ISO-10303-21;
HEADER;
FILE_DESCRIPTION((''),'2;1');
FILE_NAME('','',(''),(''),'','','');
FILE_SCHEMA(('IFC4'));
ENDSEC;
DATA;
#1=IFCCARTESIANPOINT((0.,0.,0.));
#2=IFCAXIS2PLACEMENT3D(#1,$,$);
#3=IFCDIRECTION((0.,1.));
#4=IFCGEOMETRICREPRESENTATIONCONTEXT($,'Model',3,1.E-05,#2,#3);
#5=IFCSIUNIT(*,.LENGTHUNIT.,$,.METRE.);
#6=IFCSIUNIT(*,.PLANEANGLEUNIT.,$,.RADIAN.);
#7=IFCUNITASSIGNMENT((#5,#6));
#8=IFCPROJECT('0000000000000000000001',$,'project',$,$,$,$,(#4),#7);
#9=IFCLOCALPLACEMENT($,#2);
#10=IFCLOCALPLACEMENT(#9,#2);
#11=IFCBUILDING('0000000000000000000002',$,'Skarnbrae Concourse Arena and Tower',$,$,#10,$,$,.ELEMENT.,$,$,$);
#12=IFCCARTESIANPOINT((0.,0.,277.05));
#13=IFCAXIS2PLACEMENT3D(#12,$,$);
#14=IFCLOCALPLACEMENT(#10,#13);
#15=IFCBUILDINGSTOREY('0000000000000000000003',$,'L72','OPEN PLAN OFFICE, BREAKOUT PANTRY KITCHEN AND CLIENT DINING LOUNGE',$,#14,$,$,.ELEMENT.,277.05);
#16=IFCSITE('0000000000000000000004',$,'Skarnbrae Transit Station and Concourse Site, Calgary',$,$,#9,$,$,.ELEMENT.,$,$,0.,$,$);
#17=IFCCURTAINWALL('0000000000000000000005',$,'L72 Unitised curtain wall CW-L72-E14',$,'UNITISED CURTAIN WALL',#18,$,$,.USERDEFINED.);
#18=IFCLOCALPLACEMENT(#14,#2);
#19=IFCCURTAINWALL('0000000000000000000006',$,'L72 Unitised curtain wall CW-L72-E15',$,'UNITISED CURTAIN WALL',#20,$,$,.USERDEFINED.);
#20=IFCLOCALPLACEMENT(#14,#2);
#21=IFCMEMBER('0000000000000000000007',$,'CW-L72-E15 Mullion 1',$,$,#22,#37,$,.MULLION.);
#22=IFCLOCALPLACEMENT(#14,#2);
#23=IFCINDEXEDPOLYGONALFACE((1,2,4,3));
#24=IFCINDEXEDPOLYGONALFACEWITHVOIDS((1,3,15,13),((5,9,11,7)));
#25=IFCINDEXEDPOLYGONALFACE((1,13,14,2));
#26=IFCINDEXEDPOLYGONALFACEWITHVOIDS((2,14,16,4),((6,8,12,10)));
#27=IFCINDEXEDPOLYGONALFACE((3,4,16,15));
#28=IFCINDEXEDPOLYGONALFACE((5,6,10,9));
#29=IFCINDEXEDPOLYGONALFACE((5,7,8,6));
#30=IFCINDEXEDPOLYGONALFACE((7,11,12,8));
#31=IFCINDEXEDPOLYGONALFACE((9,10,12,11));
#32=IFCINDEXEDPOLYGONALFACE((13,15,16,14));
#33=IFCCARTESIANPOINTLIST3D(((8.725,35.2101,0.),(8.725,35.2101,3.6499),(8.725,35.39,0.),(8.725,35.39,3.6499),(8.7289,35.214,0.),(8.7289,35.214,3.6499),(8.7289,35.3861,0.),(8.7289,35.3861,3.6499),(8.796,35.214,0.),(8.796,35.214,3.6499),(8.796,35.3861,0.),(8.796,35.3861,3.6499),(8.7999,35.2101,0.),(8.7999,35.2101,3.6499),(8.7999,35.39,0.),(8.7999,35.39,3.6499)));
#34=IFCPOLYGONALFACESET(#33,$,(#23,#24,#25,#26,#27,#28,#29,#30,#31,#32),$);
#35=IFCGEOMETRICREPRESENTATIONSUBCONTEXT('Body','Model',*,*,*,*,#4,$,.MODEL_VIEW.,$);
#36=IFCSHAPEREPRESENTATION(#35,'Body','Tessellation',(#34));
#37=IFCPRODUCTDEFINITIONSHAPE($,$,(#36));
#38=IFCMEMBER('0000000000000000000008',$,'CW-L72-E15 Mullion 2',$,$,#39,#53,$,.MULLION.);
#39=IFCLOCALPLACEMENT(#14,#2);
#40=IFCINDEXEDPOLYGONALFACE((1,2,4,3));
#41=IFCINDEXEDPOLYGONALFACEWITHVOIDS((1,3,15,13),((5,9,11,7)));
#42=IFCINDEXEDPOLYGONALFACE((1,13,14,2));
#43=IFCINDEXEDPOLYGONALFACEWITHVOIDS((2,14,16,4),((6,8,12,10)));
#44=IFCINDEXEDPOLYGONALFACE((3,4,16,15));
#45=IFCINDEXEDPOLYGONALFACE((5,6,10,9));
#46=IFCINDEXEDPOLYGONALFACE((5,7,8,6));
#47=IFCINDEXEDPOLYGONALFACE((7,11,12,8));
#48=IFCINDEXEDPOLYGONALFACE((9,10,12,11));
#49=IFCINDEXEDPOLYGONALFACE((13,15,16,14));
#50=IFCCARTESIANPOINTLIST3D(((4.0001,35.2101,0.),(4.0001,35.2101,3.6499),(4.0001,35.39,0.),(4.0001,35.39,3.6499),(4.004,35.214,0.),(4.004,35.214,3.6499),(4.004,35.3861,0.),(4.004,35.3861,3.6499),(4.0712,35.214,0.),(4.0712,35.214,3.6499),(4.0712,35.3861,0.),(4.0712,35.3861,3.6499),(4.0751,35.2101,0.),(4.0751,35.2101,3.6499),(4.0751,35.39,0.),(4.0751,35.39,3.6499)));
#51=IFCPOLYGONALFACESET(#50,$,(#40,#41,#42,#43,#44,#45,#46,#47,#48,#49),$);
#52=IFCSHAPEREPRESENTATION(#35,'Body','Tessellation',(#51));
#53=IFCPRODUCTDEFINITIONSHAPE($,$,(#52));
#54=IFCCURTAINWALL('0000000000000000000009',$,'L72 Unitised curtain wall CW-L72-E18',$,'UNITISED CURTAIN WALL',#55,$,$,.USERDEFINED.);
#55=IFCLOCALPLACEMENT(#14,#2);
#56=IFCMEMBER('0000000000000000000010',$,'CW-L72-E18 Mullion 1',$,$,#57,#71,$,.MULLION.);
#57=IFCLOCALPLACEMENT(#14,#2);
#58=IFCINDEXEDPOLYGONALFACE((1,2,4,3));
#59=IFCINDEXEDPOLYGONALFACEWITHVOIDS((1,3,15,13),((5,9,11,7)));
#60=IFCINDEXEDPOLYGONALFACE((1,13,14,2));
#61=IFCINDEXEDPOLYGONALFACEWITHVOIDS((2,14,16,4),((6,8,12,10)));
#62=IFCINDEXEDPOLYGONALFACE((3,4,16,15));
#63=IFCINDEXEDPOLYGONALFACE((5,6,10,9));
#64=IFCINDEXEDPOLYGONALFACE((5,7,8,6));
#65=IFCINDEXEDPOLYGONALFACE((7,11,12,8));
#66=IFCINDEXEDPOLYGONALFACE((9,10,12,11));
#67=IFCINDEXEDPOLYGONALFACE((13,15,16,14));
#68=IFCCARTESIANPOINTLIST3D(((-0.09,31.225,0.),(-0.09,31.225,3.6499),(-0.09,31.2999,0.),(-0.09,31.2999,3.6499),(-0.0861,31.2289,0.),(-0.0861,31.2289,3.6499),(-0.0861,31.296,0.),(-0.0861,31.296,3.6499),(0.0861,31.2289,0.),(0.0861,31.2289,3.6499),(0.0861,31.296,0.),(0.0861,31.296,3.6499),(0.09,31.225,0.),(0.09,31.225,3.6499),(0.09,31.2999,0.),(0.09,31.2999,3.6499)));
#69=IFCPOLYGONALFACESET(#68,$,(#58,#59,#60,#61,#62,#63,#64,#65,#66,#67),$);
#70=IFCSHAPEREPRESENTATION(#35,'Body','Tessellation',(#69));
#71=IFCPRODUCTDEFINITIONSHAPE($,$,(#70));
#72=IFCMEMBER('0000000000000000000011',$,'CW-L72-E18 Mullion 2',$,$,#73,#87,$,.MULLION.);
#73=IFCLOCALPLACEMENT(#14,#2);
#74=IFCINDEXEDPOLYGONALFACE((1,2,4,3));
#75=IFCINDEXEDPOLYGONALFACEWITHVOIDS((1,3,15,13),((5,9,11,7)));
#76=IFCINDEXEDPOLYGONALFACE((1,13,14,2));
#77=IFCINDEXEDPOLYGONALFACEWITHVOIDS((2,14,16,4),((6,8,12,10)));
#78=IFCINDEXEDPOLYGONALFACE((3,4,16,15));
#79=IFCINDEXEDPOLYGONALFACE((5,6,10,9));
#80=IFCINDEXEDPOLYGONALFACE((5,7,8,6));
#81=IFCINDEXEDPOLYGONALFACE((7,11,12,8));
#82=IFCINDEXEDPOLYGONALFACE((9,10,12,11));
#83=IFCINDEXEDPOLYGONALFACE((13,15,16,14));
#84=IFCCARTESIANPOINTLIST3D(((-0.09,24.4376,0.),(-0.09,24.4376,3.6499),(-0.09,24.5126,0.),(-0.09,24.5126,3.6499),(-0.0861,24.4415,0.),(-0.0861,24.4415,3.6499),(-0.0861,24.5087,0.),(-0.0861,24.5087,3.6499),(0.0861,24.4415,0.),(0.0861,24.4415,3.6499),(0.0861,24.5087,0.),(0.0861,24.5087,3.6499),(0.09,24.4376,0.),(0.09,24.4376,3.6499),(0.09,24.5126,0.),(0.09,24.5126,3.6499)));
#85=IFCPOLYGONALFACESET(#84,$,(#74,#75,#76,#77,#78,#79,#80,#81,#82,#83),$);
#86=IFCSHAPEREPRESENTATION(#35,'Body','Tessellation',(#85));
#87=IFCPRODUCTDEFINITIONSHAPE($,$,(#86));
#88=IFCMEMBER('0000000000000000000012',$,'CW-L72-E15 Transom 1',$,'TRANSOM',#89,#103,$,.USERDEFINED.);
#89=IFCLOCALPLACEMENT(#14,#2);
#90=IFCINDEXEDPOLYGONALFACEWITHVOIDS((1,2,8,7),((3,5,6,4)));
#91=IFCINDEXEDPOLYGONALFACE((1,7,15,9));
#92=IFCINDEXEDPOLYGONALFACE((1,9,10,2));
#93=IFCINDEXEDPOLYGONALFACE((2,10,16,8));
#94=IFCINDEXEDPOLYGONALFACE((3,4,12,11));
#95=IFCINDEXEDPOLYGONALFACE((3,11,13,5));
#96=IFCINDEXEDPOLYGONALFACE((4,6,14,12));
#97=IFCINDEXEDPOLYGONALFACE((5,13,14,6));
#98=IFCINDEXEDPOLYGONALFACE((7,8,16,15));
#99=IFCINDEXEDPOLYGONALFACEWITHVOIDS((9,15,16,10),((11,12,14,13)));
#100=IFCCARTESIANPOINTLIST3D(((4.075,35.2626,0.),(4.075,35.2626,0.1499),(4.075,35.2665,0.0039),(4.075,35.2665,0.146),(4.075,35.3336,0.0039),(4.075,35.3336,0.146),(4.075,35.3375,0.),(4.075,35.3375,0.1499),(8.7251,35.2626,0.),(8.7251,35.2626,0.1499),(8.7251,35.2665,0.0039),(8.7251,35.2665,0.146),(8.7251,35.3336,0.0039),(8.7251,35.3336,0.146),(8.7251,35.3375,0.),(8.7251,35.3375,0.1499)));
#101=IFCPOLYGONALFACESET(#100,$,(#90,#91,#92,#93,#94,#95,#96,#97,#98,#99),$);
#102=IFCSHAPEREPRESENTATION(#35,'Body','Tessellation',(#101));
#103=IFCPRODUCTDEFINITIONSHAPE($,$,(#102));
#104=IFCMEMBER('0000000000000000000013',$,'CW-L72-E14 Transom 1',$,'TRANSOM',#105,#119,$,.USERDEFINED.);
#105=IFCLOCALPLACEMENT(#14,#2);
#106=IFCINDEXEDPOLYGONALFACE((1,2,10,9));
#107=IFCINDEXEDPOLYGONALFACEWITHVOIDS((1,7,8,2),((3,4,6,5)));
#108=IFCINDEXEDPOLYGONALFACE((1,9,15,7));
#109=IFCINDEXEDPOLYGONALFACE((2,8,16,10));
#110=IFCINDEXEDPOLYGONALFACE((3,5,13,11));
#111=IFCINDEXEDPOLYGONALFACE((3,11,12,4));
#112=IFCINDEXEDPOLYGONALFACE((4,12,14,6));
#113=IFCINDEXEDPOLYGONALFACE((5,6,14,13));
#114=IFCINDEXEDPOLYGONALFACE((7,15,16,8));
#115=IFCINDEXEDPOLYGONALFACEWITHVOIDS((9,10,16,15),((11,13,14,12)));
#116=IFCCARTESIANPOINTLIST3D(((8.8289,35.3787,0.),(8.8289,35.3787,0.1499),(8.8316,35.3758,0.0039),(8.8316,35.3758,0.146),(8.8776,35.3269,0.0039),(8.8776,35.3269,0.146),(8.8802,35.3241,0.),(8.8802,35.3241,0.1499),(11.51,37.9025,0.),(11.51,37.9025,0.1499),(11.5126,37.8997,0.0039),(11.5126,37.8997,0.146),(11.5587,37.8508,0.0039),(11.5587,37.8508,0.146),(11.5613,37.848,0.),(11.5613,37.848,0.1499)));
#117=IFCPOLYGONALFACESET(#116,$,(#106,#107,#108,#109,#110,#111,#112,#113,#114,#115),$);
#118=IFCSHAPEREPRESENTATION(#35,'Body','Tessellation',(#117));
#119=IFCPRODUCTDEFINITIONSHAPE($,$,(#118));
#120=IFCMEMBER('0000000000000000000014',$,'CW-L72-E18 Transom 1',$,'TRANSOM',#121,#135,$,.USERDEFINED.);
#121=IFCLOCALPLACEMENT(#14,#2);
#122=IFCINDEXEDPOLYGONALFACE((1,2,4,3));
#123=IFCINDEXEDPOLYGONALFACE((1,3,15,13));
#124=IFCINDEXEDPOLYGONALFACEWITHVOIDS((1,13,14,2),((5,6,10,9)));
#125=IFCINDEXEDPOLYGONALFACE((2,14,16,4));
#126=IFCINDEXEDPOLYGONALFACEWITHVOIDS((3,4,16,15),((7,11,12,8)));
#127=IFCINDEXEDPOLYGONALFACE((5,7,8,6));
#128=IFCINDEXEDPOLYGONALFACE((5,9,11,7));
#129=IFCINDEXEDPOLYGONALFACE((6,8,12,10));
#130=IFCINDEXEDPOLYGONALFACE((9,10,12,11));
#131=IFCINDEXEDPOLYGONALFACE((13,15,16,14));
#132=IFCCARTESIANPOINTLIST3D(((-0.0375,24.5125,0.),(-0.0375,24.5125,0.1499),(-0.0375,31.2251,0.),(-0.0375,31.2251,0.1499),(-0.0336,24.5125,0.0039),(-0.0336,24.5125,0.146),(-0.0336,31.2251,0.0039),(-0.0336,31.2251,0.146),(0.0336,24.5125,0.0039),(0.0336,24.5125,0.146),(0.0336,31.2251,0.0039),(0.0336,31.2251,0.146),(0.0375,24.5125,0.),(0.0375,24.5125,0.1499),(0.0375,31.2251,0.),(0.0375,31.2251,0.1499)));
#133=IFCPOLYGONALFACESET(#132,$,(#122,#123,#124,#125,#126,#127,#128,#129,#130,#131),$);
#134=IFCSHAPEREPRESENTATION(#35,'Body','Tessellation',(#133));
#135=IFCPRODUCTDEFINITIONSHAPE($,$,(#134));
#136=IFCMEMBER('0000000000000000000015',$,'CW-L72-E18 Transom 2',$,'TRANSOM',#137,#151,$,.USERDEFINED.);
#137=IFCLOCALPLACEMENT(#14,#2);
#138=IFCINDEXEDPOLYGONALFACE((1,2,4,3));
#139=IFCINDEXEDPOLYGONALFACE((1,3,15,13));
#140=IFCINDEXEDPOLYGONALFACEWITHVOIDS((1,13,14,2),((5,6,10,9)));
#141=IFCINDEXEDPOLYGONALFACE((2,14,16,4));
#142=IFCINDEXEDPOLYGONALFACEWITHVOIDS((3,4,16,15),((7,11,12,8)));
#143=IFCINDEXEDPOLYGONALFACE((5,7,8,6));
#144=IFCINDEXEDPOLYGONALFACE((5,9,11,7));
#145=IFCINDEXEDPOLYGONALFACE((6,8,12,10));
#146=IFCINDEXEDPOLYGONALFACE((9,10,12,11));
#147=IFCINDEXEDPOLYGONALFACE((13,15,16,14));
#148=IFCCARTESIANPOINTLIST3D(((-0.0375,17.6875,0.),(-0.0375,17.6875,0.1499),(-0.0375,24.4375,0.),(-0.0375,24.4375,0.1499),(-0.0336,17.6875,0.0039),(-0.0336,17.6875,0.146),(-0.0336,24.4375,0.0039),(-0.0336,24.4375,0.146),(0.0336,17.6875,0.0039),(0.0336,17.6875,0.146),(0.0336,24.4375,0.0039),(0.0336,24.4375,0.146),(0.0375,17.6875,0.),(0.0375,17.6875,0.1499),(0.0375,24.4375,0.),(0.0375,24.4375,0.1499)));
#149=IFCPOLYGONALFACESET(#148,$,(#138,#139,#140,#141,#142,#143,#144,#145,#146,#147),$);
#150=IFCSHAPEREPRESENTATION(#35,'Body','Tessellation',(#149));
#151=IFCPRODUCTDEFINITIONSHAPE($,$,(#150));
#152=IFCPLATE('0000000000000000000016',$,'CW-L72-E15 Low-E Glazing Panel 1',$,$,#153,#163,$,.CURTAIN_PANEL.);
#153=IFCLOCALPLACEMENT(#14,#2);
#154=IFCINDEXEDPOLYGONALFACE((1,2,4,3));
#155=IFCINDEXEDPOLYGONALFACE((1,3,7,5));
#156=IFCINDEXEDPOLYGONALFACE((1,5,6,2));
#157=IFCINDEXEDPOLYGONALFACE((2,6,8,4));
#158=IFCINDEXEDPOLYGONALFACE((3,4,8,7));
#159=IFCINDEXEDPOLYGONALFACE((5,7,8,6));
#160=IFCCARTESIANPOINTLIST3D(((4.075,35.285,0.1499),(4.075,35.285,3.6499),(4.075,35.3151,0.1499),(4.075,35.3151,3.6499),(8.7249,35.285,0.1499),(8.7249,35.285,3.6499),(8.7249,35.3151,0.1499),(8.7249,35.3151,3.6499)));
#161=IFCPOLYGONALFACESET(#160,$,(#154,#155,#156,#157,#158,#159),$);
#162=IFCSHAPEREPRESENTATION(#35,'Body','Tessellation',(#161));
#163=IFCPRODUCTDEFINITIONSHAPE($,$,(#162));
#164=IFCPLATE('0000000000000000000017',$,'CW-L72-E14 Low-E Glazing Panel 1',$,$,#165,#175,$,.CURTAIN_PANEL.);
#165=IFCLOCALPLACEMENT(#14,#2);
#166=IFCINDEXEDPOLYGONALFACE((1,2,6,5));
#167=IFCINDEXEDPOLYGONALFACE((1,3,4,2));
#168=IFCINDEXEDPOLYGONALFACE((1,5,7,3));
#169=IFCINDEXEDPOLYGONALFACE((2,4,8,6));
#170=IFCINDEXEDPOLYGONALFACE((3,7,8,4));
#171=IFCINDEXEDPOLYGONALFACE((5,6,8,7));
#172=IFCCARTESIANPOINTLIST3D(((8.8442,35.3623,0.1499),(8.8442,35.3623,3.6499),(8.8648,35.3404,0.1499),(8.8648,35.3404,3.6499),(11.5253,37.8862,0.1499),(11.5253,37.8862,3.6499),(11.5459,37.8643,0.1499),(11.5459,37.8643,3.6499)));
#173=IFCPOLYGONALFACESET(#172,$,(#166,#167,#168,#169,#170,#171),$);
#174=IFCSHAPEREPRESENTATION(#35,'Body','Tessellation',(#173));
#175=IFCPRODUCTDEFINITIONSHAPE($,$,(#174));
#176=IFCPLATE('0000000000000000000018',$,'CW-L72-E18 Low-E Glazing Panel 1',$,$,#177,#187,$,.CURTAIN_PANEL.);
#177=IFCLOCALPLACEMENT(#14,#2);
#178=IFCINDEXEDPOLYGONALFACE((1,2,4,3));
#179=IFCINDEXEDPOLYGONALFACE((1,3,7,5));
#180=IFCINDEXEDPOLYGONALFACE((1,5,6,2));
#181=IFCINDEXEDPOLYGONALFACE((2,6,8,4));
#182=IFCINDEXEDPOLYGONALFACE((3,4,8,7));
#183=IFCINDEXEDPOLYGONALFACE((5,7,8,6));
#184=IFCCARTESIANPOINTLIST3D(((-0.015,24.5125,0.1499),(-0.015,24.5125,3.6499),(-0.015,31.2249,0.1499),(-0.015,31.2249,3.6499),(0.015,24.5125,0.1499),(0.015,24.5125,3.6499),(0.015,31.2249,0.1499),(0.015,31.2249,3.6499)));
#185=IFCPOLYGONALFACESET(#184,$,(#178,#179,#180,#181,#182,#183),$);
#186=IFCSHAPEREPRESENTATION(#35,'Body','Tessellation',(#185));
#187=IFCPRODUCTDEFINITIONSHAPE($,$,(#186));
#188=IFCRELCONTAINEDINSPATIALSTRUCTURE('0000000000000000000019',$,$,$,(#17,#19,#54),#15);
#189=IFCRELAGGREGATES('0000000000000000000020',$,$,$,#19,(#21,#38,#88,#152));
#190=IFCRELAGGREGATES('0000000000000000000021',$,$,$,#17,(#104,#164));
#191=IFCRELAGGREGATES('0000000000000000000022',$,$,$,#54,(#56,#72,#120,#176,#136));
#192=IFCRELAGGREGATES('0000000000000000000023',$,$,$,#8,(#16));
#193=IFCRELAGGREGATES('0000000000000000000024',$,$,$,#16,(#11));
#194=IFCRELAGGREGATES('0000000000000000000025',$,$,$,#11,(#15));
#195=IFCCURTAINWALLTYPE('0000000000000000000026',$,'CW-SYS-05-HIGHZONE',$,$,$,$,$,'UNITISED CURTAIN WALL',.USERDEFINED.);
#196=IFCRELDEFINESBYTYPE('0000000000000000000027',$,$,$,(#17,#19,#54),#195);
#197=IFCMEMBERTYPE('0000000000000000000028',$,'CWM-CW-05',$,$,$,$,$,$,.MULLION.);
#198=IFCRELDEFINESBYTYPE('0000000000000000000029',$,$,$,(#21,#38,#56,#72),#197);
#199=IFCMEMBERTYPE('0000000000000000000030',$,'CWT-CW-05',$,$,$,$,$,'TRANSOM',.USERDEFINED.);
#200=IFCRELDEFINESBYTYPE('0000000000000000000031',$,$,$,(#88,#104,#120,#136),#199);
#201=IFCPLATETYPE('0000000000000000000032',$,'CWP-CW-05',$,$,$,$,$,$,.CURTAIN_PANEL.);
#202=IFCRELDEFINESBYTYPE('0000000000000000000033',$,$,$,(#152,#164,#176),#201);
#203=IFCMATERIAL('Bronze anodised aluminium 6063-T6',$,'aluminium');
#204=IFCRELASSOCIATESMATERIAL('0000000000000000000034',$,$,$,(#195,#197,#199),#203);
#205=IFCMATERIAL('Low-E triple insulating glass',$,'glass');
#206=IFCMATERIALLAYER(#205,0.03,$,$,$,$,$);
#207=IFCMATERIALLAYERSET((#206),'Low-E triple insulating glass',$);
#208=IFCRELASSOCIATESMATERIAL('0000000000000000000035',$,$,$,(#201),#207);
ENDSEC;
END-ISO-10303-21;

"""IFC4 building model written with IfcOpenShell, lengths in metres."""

from ifc_helpers import new_model, si_unit, direction, frame, origin, origin_2d, place, context, subcontext, project, spatial, rectangle, hollow_rectangle, extrude, source, transform, mapped, material, layer, layer_set, material_profile, profile_set, type_object, element, aggregate, save


model = new_model("IFC4")

# Units and contexts
model_context = context("Model", 3, precision=1e-05, world=origin(), true_north=direction((0.0, 1.0)))
body_context = subcontext(model_context, "Body", "Model", "MODEL_VIEW")
ifc_project = project(units=[si_unit("LENGTHUNIT", "METRE"), si_unit("PLANEANGLEUNIT", "RADIAN")], contexts=[model_context])

# Site, building, storey
site_placement = place(None, origin())
site = spatial("IfcSite", under=ifc_project, at=site_placement, Name="Skarnbrae Transit Station and Concourse Site, Calgary", CompositionType="ELEMENT", RefElevation=0.0)
building_placement = place(site_placement, origin())
building = spatial("IfcBuilding", under=site, at=building_placement, Name="Skarnbrae Concourse Arena and Tower", CompositionType="ELEMENT")
storey_placement = place(building_placement, frame((0.0, 0.0, 277.05)))
storey = spatial("IfcBuildingStorey", under=building, at=storey_placement, Name="L72", Description="OPEN PLAN OFFICE, BREAKOUT PANTRY KITCHEN AND CLIENT DINING LOUNGE", CompositionType="ELEMENT", Elevation=277.05)

# Curtain walls, members
ifc_material_1 = material(Name="Bronze anodised aluminium 6063-T6", Category="aluminium")
curtain_wall_type = type_object("IfcCurtainWallType", Name="CW-SYS-05-HIGHZONE", ElementType="UNITISED CURTAIN WALL", PredefinedType="USERDEFINED", material=ifc_material_1)
curtain_wall_1_placement = place(storey_placement, origin())
curtain_wall_1 = element("IfcCurtainWall", 1, at=curtain_wall_1_placement, inside=storey, type_object=curtain_wall_type, Name="L72 Unitised curtain wall CW-L72-E14", ObjectType="UNITISED CURTAIN WALL", PredefinedType="USERDEFINED")
ifc_material_profile_1 = material_profile(ifc_material_1, hollow_rectangle(XDim=0.075, YDim=0.1799, WallThickness=0.0039, at=origin_2d()), Name="ALU-MULL-75X180")
ifc_profile_set_1 = profile_set([ifc_material_profile_1], Name="Bronze anodised aluminium 6063-T6")
member_type_1 = type_object("IfcMemberType", Name="CWM-CW-05", PredefinedType="MULLION", material=ifc_profile_set_1)
shared_shape_1 = source(origin(), body_context, "Body", "SweptSolid", [
    extrude(hollow_rectangle(XDim=0.075, YDim=0.1799, WallThickness=0.0039, at=origin_2d()), origin(), (0.0, 0.0, 1.0), 3.6499),
])
curtain_wall_2_placement = place(storey_placement, origin())
curtain_wall_2 = element("IfcCurtainWall", 2, at=curtain_wall_2_placement, inside=storey, type_object=curtain_wall_type, Name="L72 Unitised curtain wall CW-L72-E15", ObjectType="UNITISED CURTAIN WALL", PredefinedType="USERDEFINED")
member_1_placement = place(storey_placement, frame((8.7625, 35.3, 0.0), z_axis=(0.0, 0.0, 1.0), x_axis=(-1.0, 0.0, 0.0)))
member_1 = element("IfcMember", 3, at=member_1_placement, type_object=member_type_1, Name="CW-L72-E15 Mullion 1", PredefinedType="MULLION", context=body_context, shape_type="MappedRepresentation", body=[
    mapped(shared_shape_1, transform((0.0, 0.0, 0.0))),
])
member_2_placement = place(storey_placement, frame((4.0376, 35.3, 0.0), z_axis=(0.0, 0.0, 1.0), x_axis=(-1.0, 0.0, 0.0)))
member_2 = element("IfcMember", 4, at=member_2_placement, type_object=member_type_1, Name="CW-L72-E15 Mullion 2", PredefinedType="MULLION", context=body_context, shape_type="MappedRepresentation", body=[
    mapped(shared_shape_1, transform((0.0, 0.0, 0.0))),
])
curtain_wall_3_placement = place(storey_placement, origin())
curtain_wall_3 = element("IfcCurtainWall", 5, at=curtain_wall_3_placement, inside=storey, type_object=curtain_wall_type, Name="L72 Unitised curtain wall CW-L72-E18", ObjectType="UNITISED CURTAIN WALL", PredefinedType="USERDEFINED")
member_3_placement = place(storey_placement, frame((0.0, 31.2625, 0.0), z_axis=(0.0, 0.0, 1.0), x_axis=(0.0, -1.0, 0.0)))
member_3 = element("IfcMember", 6, at=member_3_placement, type_object=member_type_1, Name="CW-L72-E18 Mullion 1", PredefinedType="MULLION", context=body_context, shape_type="MappedRepresentation", body=[
    mapped(shared_shape_1, transform((0.0, 0.0, 0.0))),
])
member_4_placement = place(storey_placement, frame((0.0, 24.4751, 0.0), z_axis=(0.0, 0.0, 1.0), x_axis=(0.0, -1.0, 0.0)))
member_4 = element("IfcMember", 7, at=member_4_placement, type_object=member_type_1, Name="CW-L72-E18 Mullion 2", PredefinedType="MULLION", context=body_context, shape_type="MappedRepresentation", body=[
    mapped(shared_shape_1, transform((0.0, 0.0, 0.0))),
])

# Members
ifc_material_profile_2 = material_profile(ifc_material_1, hollow_rectangle(XDim=0.075, YDim=0.1499, WallThickness=0.0039, at=origin_2d()), Name="ALU-TRAN-75X150")
ifc_profile_set_2 = profile_set([ifc_material_profile_2], Name="Bronze anodised aluminium 6063-T6")
member_type_2 = type_object("IfcMemberType", Name="CWT-CW-05", ElementType="TRANSOM", PredefinedType="USERDEFINED", material=ifc_profile_set_2)
shared_shape_2 = source(origin(), body_context, "Body", "SweptSolid", [
    extrude(hollow_rectangle(XDim=0.075, YDim=0.1499, WallThickness=0.0039, at=origin_2d()), origin(), (0.0, 0.0, 1.0), 4.6501),
])
member_5_placement = place(storey_placement, frame((8.7251, 35.3, 0.075), z_axis=(-1.0, 0.0, 0.0), x_axis=(0.0, -1.0, 0.0)))
member_5 = element("IfcMember", 8, at=member_5_placement, type_object=member_type_2, Name="CW-L72-E15 Transom 1", ObjectType="TRANSOM", PredefinedType="USERDEFINED", context=body_context, shape_type="MappedRepresentation", body=[
    mapped(shared_shape_2, transform((0.0, 0.0, 0.0))),
])
shared_shape_3 = source(origin(), body_context, "Body", "SweptSolid", [
    extrude(hollow_rectangle(XDim=0.075, YDim=0.1499, WallThickness=0.0039, at=origin_2d()), origin(), (0.0, 0.0, 1.0), 3.6821),
])
member_6_placement = place(storey_placement, frame((11.5356, 37.8752, 0.075), z_axis=(-0.728134, -0.685435, 0.0), x_axis=(0.685435, -0.728134, 0.0)))
member_6 = element("IfcMember", 9, at=member_6_placement, type_object=member_type_2, Name="CW-L72-E14 Transom 1", ObjectType="TRANSOM", PredefinedType="USERDEFINED", context=body_context, shape_type="MappedRepresentation", body=[
    mapped(shared_shape_3, transform((0.0, 0.0, 0.0))),
])
shared_shape_4 = source(origin(), body_context, "Body", "SweptSolid", [
    extrude(hollow_rectangle(XDim=0.075, YDim=0.1499, WallThickness=0.0039, at=origin_2d()), origin(), (0.0, 0.0, 1.0), 6.7126),
])
member_7_placement = place(storey_placement, frame((0.0, 31.2251, 0.075), z_axis=(0.0, -1.0, 0.0), x_axis=(1.0, 0.0, 0.0)))
member_7 = element("IfcMember", 10, at=member_7_placement, type_object=member_type_2, Name="CW-L72-E18 Transom 1", ObjectType="TRANSOM", PredefinedType="USERDEFINED", context=body_context, shape_type="MappedRepresentation", body=[
    mapped(shared_shape_4, transform((0.0, 0.0, 0.0))),
])
shared_shape_5 = source(origin(), body_context, "Body", "SweptSolid", [
    extrude(hollow_rectangle(XDim=0.075, YDim=0.1499, WallThickness=0.0039, at=origin_2d()), origin(), (0.0, 0.0, 1.0), 6.75),
])
member_8_placement = place(storey_placement, frame((0.0, 24.4375, 0.075), z_axis=(0.0, -1.0, 0.0), x_axis=(1.0, 0.0, 0.0)))
member_8 = element("IfcMember", 11, at=member_8_placement, type_object=member_type_2, Name="CW-L72-E18 Transom 2", ObjectType="TRANSOM", PredefinedType="USERDEFINED", context=body_context, shape_type="MappedRepresentation", body=[
    mapped(shared_shape_5, transform((0.0, 0.0, 0.0))),
])

# Plates
ifc_material_2 = material(Name="Low-E triple insulating glass", Category="glass")
ifc_layer_1 = layer(ifc_material_2, 0.03)
ifc_layer_set_1 = layer_set([ifc_layer_1], Name="Low-E triple insulating glass")
plate_type = type_object("IfcPlateType", Name="CWP-CW-05", PredefinedType="CURTAIN_PANEL", material=ifc_layer_set_1)
shared_shape_6 = source(origin(), body_context, "Body", "SweptSolid", [
    extrude(rectangle(XDim=4.6499, YDim=0.03, at=origin_2d()), origin(), (0.0, 0.0, 1.0), 3.5),
])
plate_1_placement = place(storey_placement, frame((6.3999, 35.3, 0.1499), z_axis=(0.0, 0.0, 1.0), x_axis=(-1.0, 0.0, 0.0)))
plate_1 = element("IfcPlate", 12, at=plate_1_placement, type_object=plate_type, Name="CW-L72-E15 Low-E Glazing Panel 1", PredefinedType="CURTAIN_PANEL", context=body_context, shape_type="MappedRepresentation", body=[
    mapped(shared_shape_6, transform((0.0, 0.0, 0.0))),
])
aggregate(curtain_wall_2, [member_1, member_2, member_5, plate_1])
shared_shape_7 = source(origin(), body_context, "Body", "SweptSolid", [
    extrude(rectangle(XDim=3.6821, YDim=0.03, at=origin_2d()), origin(), (0.0, 0.0, 1.0), 3.5),
])
plate_2_placement = place(storey_placement, frame((10.1951, 36.6133, 0.1499), z_axis=(0.0, 0.0, 1.0), x_axis=(-0.728131, -0.685438, 0.0)))
plate_2 = element("IfcPlate", 13, at=plate_2_placement, type_object=plate_type, Name="CW-L72-E14 Low-E Glazing Panel 1", PredefinedType="CURTAIN_PANEL", context=body_context, shape_type="MappedRepresentation", body=[
    mapped(shared_shape_7, transform((0.0, 0.0, 0.0))),
])
aggregate(curtain_wall_1, [member_6, plate_2])
shared_shape_8 = source(origin(), body_context, "Body", "SweptSolid", [
    extrude(rectangle(XDim=6.7124, YDim=0.03, at=origin_2d()), origin(), (0.0, 0.0, 1.0), 3.5),
])
plate_3_placement = place(storey_placement, frame((0.0, 27.8687, 0.1499), z_axis=(0.0, 0.0, 1.0), x_axis=(0.0, -1.0, 0.0)))
plate_3 = element("IfcPlate", 14, at=plate_3_placement, type_object=plate_type, Name="CW-L72-E18 Low-E Glazing Panel 1", PredefinedType="CURTAIN_PANEL", context=body_context, shape_type="MappedRepresentation", body=[
    mapped(shared_shape_8, transform((0.0, 0.0, 0.0))),
])
aggregate(curtain_wall_3, [member_3, member_4, member_7, plate_3, member_8])

save(model, "model.ifc")
